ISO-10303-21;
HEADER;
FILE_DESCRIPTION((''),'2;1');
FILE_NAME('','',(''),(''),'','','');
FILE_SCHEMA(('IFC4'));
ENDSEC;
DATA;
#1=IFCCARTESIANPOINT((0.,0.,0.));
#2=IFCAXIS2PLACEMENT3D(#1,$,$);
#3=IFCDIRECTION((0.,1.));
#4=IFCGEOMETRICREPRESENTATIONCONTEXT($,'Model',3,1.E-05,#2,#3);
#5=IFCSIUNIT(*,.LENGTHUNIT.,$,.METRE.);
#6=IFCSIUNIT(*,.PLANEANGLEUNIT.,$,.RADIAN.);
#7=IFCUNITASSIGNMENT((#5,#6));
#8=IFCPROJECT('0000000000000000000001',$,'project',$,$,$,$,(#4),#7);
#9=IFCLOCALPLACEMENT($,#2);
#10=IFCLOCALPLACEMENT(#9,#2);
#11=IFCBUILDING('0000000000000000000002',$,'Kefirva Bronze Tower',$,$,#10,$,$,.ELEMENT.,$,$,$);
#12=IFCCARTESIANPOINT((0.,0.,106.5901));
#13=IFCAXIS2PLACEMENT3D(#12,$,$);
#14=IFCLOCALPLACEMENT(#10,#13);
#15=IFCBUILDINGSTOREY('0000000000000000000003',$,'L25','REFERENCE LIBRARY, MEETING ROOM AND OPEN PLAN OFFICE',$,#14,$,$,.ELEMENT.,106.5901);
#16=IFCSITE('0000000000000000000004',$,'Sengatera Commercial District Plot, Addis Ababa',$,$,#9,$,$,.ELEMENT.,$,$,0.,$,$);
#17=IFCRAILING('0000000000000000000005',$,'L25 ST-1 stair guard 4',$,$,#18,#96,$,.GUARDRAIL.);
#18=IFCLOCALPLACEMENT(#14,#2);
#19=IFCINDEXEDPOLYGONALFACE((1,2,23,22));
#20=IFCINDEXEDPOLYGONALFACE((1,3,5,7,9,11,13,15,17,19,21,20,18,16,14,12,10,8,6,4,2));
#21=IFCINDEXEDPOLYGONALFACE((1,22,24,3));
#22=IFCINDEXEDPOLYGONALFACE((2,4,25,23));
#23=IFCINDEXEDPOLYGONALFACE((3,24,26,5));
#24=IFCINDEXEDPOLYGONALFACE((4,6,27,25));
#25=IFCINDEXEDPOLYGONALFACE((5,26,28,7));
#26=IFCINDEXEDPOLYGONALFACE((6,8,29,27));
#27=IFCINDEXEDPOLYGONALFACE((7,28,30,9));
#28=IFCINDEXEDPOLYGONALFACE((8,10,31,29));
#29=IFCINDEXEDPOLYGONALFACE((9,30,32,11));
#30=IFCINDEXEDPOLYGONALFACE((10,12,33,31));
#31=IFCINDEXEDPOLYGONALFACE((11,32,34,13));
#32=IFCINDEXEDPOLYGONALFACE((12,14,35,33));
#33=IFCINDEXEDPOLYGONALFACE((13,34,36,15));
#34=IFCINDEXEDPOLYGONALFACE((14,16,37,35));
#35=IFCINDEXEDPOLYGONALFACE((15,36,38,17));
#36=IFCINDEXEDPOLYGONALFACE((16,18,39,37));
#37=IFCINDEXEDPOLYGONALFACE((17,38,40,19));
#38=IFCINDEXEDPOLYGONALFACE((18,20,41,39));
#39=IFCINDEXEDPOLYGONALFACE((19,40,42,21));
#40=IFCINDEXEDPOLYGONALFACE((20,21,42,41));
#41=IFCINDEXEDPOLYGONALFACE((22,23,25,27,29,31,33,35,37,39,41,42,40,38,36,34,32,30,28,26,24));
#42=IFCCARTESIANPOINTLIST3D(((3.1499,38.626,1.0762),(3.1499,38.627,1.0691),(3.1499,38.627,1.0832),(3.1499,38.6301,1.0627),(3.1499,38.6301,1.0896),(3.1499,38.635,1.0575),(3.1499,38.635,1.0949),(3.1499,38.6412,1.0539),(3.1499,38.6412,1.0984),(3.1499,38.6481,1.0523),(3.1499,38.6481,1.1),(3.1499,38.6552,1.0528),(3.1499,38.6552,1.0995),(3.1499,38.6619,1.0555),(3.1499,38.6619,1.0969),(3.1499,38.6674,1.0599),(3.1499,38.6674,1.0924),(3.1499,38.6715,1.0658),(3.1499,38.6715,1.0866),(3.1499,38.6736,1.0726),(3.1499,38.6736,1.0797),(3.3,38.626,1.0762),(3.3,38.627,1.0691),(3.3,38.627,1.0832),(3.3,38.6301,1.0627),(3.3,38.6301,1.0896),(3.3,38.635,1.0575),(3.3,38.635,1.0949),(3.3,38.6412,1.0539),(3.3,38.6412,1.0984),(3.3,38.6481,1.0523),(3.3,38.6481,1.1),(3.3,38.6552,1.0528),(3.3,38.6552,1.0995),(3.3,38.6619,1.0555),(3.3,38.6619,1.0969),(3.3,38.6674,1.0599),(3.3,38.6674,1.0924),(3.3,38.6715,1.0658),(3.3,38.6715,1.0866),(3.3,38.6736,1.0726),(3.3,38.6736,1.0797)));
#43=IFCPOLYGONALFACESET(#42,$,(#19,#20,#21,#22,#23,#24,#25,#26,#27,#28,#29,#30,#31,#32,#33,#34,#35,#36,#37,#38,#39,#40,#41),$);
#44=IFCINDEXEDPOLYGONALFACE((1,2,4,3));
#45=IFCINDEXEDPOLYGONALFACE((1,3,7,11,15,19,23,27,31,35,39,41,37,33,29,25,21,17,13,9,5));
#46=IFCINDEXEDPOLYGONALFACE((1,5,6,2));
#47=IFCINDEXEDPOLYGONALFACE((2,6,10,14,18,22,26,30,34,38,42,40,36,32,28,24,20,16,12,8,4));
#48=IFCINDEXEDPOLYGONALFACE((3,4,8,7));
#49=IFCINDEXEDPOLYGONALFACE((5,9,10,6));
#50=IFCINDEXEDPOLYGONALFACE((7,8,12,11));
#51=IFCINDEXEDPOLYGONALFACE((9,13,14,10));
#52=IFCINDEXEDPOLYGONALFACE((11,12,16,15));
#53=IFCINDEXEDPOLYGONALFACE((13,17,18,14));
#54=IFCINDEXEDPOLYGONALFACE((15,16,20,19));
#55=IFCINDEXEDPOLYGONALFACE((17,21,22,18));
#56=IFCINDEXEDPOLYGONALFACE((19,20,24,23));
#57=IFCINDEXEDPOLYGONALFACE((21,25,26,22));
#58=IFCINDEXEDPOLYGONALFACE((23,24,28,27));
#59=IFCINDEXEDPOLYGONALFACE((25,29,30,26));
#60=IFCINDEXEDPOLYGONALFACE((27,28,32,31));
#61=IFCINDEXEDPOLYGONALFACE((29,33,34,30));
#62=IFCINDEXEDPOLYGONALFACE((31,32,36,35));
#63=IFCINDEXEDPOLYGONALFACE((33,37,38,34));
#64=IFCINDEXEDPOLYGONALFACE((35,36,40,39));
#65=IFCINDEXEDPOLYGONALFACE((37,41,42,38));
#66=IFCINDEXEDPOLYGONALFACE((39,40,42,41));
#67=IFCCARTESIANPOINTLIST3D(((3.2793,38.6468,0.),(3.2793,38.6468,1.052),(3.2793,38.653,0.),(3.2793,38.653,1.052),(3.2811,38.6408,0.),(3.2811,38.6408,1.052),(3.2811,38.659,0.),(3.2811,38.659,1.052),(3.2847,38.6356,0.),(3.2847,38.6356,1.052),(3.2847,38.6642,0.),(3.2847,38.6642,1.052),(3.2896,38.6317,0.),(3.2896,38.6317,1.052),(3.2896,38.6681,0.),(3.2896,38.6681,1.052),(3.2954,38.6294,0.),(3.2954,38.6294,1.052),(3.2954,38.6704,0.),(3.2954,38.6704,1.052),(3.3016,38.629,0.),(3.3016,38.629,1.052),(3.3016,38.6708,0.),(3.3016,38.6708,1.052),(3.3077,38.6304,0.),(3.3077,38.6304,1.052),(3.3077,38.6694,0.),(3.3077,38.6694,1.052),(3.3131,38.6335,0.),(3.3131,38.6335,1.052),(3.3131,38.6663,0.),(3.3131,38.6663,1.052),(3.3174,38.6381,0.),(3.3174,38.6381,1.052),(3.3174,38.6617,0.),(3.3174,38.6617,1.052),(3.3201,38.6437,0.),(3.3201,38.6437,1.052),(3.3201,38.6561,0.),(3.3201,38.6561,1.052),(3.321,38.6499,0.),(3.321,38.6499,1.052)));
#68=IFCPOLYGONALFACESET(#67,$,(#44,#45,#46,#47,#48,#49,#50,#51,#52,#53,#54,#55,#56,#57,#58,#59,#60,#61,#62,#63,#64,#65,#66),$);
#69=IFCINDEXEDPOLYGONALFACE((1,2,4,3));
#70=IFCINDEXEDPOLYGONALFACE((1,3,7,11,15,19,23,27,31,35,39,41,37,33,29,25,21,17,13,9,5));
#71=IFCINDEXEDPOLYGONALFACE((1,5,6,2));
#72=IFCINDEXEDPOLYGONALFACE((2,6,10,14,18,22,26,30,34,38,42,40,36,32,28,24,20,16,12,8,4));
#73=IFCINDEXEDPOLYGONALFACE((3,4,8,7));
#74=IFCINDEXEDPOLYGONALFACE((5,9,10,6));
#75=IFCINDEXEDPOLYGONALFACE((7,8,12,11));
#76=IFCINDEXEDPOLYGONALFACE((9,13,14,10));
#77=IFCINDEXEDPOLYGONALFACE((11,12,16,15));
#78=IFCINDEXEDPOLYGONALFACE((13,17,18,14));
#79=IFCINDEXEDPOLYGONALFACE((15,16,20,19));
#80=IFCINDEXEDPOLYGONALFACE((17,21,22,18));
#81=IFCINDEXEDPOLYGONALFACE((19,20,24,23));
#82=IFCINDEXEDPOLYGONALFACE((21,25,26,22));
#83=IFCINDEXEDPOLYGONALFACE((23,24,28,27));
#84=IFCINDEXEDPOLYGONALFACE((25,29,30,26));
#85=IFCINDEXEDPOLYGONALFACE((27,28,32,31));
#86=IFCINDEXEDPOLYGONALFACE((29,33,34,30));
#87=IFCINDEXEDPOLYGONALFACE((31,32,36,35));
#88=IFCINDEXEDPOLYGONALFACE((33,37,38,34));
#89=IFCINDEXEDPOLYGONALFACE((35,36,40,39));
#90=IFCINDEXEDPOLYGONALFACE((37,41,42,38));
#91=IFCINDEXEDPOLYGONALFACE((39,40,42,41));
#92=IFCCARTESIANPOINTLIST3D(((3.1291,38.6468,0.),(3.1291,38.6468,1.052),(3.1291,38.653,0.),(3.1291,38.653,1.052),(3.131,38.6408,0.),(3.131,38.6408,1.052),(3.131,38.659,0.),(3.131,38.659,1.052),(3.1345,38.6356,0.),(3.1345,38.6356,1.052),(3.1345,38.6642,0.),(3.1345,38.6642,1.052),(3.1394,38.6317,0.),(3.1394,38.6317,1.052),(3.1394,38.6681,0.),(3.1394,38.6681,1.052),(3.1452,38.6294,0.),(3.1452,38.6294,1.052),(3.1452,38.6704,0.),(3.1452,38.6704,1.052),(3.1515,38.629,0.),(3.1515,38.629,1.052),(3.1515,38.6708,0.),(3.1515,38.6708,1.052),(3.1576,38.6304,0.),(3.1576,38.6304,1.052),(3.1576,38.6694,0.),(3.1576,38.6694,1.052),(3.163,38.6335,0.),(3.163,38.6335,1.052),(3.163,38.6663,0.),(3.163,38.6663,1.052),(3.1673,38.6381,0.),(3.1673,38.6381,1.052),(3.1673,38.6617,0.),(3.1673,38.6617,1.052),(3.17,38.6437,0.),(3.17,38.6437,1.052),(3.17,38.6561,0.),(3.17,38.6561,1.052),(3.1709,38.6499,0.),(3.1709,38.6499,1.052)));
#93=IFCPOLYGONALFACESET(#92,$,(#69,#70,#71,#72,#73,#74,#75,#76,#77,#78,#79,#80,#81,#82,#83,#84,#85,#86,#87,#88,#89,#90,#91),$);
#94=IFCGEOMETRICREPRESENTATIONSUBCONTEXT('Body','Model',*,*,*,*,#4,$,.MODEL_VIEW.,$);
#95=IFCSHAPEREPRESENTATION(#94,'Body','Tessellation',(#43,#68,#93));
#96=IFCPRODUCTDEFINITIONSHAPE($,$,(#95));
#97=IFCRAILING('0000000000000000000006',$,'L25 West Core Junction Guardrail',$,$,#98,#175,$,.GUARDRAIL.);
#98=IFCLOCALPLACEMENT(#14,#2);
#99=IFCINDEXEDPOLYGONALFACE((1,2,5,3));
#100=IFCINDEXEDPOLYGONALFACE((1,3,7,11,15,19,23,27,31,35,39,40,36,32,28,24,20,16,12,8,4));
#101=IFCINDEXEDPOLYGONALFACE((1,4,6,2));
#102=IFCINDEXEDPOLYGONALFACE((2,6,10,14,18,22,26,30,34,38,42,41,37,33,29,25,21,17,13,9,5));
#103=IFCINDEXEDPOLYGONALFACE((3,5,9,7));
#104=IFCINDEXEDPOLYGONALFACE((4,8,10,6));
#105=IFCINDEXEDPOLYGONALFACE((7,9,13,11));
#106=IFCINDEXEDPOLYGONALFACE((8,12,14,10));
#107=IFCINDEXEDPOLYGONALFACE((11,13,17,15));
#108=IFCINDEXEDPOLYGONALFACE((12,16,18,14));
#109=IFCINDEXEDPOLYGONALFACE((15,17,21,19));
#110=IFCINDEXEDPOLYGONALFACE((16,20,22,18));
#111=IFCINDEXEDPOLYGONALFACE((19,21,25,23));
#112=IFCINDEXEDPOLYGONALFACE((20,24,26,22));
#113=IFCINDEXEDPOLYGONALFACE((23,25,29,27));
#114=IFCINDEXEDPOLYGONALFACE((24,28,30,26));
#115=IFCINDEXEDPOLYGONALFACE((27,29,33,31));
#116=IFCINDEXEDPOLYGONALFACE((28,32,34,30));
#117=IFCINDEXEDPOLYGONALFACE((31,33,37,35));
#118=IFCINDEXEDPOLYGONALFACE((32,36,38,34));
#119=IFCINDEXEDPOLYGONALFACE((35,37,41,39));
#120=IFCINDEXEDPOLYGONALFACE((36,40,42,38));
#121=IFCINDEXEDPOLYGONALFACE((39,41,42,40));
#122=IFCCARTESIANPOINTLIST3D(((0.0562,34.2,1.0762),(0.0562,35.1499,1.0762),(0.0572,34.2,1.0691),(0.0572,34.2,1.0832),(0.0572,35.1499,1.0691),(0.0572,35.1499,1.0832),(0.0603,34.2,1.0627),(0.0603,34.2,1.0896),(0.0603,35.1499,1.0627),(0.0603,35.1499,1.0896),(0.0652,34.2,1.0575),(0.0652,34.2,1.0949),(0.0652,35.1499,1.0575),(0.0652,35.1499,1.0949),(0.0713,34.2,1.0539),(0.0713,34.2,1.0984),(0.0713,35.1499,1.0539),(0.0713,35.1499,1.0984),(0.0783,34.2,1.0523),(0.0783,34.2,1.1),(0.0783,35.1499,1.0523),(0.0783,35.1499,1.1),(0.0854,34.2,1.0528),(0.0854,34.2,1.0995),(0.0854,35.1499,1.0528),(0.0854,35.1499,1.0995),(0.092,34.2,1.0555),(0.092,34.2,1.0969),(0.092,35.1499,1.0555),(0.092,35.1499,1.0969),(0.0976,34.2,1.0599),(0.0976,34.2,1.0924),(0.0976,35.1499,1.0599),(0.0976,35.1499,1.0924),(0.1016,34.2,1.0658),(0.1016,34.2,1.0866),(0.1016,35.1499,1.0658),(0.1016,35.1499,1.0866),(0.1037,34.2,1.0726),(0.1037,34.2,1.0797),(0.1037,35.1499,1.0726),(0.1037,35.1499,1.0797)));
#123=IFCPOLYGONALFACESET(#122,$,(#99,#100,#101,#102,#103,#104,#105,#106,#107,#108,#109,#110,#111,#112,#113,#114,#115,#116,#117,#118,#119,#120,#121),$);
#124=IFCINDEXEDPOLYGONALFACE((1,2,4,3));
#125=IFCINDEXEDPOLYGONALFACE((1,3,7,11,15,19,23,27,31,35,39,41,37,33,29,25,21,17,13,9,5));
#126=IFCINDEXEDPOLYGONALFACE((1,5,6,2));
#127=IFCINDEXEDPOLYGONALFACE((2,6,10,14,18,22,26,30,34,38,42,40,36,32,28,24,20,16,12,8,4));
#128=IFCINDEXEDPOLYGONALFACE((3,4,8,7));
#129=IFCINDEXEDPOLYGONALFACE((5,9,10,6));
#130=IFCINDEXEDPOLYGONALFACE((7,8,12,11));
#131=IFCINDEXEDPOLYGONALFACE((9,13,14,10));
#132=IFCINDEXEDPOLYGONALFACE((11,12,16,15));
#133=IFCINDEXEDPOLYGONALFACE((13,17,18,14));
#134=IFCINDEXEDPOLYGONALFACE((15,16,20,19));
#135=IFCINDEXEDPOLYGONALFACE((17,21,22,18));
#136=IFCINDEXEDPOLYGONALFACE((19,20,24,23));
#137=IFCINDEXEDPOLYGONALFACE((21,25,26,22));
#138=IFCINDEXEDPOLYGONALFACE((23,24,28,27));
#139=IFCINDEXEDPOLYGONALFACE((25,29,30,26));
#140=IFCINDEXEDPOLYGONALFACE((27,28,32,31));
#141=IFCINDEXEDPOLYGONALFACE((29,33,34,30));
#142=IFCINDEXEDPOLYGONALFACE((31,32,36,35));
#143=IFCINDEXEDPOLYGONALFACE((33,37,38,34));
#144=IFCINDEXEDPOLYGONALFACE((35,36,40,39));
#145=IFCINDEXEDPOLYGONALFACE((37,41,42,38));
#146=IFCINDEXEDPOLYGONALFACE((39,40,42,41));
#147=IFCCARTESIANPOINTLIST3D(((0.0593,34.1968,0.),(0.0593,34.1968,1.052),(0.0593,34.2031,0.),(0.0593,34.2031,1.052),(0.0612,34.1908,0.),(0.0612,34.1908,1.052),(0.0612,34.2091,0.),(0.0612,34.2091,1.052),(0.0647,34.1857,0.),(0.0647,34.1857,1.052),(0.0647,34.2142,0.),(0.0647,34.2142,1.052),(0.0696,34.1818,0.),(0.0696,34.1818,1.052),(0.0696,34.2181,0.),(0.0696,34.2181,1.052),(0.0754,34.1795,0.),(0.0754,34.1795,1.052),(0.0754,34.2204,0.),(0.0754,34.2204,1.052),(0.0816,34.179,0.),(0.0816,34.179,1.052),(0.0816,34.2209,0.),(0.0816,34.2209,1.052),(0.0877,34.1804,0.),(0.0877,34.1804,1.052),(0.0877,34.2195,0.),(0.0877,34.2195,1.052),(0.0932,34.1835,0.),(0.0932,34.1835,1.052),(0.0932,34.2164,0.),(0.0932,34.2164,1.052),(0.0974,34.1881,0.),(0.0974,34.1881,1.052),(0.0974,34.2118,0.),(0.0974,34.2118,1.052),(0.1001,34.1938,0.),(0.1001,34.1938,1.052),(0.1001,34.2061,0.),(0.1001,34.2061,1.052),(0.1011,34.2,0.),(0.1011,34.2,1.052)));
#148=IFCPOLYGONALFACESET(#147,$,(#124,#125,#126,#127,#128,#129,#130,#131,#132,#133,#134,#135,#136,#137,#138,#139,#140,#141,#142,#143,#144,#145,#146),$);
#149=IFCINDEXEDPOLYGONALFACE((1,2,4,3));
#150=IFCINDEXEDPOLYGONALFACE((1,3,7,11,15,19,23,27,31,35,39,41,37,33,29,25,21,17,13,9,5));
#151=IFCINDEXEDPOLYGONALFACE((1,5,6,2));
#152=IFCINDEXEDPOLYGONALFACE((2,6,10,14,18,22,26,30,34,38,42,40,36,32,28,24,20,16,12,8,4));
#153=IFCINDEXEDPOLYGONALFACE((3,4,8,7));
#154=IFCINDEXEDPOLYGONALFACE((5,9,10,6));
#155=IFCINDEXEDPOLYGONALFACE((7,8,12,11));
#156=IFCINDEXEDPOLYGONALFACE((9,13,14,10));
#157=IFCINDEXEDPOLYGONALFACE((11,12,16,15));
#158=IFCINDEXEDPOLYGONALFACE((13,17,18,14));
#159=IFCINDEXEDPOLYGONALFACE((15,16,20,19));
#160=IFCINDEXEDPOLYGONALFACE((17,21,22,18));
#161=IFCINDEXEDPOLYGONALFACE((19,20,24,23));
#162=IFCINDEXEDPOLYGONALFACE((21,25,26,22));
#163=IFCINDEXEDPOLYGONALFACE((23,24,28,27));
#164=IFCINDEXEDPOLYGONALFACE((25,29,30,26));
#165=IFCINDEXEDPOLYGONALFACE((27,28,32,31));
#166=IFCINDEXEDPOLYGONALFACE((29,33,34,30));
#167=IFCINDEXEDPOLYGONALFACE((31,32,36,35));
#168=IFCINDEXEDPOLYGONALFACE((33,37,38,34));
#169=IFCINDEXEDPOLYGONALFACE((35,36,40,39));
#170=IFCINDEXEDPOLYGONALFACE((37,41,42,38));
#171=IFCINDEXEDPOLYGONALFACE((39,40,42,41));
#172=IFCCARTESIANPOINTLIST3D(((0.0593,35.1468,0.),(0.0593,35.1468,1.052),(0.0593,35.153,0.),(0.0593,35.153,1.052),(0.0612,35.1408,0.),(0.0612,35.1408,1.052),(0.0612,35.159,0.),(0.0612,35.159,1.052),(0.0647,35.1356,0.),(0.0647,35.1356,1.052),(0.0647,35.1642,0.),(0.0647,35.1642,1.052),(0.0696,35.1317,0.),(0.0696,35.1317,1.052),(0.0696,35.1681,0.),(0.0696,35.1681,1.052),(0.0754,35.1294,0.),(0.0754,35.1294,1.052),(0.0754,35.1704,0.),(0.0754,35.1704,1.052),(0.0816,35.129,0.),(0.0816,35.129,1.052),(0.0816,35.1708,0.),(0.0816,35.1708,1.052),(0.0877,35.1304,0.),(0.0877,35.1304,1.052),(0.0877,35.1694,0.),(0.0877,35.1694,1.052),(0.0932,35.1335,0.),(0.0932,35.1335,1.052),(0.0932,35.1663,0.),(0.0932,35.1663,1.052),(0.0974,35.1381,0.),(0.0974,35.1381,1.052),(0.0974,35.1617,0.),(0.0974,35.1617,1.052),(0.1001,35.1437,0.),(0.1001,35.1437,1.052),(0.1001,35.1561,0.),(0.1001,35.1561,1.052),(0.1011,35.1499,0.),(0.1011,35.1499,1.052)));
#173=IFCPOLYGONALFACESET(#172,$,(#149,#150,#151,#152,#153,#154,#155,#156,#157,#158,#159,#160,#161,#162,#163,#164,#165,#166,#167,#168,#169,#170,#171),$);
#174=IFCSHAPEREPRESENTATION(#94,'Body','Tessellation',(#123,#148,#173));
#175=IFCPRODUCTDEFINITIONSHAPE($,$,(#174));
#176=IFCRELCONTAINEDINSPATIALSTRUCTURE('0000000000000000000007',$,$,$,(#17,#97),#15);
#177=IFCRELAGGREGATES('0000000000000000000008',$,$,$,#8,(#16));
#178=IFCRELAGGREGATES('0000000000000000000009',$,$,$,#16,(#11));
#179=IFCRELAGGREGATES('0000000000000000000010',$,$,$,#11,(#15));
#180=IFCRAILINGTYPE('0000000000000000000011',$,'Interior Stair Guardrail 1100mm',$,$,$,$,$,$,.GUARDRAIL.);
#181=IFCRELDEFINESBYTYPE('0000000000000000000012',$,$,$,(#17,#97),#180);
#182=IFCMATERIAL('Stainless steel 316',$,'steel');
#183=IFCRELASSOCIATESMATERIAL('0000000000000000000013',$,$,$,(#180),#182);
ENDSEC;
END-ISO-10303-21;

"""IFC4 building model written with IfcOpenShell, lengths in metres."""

from ifc_helpers import new_model, si_unit, direction, frame, origin, origin_2d, place, context, subcontext, project, spatial, circle, extrude, material, type_object, element, save


model = new_model("IFC4")

# Units and contexts
model_context = context("Model", 3, precision=1e-05, world=origin(), true_north=direction((0.0, 1.0)))
body_context = subcontext(model_context, "Body", "Model", "MODEL_VIEW")
ifc_project = project(units=[si_unit("LENGTHUNIT", "METRE"), si_unit("PLANEANGLEUNIT", "RADIAN")], contexts=[model_context])

# Site, building, storey
site_placement = place(None, origin())
site = spatial("IfcSite", under=ifc_project, at=site_placement, Name="Sengatera Commercial District Plot, Addis Ababa", CompositionType="ELEMENT", RefElevation=0.0)
building_placement = place(site_placement, origin())
building = spatial("IfcBuilding", under=site, at=building_placement, Name="Kefirva Bronze Tower", CompositionType="ELEMENT")
storey_placement = place(building_placement, frame((0.0, 0.0, 106.5901)))
storey = spatial("IfcBuildingStorey", under=building, at=storey_placement, Name="L25", Description="REFERENCE LIBRARY, MEETING ROOM AND OPEN PLAN OFFICE", CompositionType="ELEMENT", Elevation=106.5901)

# Railings
ifc_material_1 = material(Name="Stainless steel 316", Category="steel")
railing_type_1 = type_object("IfcRailingType", Name="Interior Stair Guardrail 1100mm", PredefinedType="GUARDRAIL", material=ifc_material_1)
railing_1_placement = place(storey_placement, frame((3.3, 38.6499, 0.0)))
element("IfcRailing", 1, at=railing_1_placement, inside=storey, type_object=railing_type_1, Name="L25 ST-1 stair guard 4", PredefinedType="GUARDRAIL", context=body_context, shape_type="SweptSolid", body=[
    extrude(circle(Radius=0.0239, at=origin_2d()), frame((0.0, 0.0, 1.0762), z_axis=(-1.0, 0.0, 0.0), x_axis=(0.0, -1.0, 0.0)), (0.0, 0.0, 1.0), 0.1501),
    extrude(circle(Radius=0.021, at=origin_2d()), origin(), (0.0, 0.0, 1.0), 1.052),
    extrude(circle(Radius=0.021, at=origin_2d()), frame((-0.1501, 0.0, 0.0)), (0.0, 0.0, 1.0), 1.052),
])
railing_2_placement = place(storey_placement, frame((0.0801, 34.2, 0.0)))
element("IfcRailing", 2, at=railing_2_placement, inside=storey, type_object=railing_type_1, Name="L25 West Core Junction Guardrail", PredefinedType="GUARDRAIL", context=body_context, shape_type="SweptSolid", body=[
    extrude(circle(Radius=0.0239, at=origin_2d()), frame((0.0, 0.0, 1.0762), z_axis=(0.0, 1.0, 0.0), x_axis=(-1.0, 0.0, 0.0)), (0.0, 0.0, 1.0), 0.95),
    extrude(circle(Radius=0.021, at=origin_2d()), origin(), (0.0, 0.0, 1.0), 1.052),
    extrude(circle(Radius=0.021, at=origin_2d()), frame((0.0, 0.95, 0.0)), (0.0, 0.0, 1.0), 1.052),
])

save(model, "model.ifc")
